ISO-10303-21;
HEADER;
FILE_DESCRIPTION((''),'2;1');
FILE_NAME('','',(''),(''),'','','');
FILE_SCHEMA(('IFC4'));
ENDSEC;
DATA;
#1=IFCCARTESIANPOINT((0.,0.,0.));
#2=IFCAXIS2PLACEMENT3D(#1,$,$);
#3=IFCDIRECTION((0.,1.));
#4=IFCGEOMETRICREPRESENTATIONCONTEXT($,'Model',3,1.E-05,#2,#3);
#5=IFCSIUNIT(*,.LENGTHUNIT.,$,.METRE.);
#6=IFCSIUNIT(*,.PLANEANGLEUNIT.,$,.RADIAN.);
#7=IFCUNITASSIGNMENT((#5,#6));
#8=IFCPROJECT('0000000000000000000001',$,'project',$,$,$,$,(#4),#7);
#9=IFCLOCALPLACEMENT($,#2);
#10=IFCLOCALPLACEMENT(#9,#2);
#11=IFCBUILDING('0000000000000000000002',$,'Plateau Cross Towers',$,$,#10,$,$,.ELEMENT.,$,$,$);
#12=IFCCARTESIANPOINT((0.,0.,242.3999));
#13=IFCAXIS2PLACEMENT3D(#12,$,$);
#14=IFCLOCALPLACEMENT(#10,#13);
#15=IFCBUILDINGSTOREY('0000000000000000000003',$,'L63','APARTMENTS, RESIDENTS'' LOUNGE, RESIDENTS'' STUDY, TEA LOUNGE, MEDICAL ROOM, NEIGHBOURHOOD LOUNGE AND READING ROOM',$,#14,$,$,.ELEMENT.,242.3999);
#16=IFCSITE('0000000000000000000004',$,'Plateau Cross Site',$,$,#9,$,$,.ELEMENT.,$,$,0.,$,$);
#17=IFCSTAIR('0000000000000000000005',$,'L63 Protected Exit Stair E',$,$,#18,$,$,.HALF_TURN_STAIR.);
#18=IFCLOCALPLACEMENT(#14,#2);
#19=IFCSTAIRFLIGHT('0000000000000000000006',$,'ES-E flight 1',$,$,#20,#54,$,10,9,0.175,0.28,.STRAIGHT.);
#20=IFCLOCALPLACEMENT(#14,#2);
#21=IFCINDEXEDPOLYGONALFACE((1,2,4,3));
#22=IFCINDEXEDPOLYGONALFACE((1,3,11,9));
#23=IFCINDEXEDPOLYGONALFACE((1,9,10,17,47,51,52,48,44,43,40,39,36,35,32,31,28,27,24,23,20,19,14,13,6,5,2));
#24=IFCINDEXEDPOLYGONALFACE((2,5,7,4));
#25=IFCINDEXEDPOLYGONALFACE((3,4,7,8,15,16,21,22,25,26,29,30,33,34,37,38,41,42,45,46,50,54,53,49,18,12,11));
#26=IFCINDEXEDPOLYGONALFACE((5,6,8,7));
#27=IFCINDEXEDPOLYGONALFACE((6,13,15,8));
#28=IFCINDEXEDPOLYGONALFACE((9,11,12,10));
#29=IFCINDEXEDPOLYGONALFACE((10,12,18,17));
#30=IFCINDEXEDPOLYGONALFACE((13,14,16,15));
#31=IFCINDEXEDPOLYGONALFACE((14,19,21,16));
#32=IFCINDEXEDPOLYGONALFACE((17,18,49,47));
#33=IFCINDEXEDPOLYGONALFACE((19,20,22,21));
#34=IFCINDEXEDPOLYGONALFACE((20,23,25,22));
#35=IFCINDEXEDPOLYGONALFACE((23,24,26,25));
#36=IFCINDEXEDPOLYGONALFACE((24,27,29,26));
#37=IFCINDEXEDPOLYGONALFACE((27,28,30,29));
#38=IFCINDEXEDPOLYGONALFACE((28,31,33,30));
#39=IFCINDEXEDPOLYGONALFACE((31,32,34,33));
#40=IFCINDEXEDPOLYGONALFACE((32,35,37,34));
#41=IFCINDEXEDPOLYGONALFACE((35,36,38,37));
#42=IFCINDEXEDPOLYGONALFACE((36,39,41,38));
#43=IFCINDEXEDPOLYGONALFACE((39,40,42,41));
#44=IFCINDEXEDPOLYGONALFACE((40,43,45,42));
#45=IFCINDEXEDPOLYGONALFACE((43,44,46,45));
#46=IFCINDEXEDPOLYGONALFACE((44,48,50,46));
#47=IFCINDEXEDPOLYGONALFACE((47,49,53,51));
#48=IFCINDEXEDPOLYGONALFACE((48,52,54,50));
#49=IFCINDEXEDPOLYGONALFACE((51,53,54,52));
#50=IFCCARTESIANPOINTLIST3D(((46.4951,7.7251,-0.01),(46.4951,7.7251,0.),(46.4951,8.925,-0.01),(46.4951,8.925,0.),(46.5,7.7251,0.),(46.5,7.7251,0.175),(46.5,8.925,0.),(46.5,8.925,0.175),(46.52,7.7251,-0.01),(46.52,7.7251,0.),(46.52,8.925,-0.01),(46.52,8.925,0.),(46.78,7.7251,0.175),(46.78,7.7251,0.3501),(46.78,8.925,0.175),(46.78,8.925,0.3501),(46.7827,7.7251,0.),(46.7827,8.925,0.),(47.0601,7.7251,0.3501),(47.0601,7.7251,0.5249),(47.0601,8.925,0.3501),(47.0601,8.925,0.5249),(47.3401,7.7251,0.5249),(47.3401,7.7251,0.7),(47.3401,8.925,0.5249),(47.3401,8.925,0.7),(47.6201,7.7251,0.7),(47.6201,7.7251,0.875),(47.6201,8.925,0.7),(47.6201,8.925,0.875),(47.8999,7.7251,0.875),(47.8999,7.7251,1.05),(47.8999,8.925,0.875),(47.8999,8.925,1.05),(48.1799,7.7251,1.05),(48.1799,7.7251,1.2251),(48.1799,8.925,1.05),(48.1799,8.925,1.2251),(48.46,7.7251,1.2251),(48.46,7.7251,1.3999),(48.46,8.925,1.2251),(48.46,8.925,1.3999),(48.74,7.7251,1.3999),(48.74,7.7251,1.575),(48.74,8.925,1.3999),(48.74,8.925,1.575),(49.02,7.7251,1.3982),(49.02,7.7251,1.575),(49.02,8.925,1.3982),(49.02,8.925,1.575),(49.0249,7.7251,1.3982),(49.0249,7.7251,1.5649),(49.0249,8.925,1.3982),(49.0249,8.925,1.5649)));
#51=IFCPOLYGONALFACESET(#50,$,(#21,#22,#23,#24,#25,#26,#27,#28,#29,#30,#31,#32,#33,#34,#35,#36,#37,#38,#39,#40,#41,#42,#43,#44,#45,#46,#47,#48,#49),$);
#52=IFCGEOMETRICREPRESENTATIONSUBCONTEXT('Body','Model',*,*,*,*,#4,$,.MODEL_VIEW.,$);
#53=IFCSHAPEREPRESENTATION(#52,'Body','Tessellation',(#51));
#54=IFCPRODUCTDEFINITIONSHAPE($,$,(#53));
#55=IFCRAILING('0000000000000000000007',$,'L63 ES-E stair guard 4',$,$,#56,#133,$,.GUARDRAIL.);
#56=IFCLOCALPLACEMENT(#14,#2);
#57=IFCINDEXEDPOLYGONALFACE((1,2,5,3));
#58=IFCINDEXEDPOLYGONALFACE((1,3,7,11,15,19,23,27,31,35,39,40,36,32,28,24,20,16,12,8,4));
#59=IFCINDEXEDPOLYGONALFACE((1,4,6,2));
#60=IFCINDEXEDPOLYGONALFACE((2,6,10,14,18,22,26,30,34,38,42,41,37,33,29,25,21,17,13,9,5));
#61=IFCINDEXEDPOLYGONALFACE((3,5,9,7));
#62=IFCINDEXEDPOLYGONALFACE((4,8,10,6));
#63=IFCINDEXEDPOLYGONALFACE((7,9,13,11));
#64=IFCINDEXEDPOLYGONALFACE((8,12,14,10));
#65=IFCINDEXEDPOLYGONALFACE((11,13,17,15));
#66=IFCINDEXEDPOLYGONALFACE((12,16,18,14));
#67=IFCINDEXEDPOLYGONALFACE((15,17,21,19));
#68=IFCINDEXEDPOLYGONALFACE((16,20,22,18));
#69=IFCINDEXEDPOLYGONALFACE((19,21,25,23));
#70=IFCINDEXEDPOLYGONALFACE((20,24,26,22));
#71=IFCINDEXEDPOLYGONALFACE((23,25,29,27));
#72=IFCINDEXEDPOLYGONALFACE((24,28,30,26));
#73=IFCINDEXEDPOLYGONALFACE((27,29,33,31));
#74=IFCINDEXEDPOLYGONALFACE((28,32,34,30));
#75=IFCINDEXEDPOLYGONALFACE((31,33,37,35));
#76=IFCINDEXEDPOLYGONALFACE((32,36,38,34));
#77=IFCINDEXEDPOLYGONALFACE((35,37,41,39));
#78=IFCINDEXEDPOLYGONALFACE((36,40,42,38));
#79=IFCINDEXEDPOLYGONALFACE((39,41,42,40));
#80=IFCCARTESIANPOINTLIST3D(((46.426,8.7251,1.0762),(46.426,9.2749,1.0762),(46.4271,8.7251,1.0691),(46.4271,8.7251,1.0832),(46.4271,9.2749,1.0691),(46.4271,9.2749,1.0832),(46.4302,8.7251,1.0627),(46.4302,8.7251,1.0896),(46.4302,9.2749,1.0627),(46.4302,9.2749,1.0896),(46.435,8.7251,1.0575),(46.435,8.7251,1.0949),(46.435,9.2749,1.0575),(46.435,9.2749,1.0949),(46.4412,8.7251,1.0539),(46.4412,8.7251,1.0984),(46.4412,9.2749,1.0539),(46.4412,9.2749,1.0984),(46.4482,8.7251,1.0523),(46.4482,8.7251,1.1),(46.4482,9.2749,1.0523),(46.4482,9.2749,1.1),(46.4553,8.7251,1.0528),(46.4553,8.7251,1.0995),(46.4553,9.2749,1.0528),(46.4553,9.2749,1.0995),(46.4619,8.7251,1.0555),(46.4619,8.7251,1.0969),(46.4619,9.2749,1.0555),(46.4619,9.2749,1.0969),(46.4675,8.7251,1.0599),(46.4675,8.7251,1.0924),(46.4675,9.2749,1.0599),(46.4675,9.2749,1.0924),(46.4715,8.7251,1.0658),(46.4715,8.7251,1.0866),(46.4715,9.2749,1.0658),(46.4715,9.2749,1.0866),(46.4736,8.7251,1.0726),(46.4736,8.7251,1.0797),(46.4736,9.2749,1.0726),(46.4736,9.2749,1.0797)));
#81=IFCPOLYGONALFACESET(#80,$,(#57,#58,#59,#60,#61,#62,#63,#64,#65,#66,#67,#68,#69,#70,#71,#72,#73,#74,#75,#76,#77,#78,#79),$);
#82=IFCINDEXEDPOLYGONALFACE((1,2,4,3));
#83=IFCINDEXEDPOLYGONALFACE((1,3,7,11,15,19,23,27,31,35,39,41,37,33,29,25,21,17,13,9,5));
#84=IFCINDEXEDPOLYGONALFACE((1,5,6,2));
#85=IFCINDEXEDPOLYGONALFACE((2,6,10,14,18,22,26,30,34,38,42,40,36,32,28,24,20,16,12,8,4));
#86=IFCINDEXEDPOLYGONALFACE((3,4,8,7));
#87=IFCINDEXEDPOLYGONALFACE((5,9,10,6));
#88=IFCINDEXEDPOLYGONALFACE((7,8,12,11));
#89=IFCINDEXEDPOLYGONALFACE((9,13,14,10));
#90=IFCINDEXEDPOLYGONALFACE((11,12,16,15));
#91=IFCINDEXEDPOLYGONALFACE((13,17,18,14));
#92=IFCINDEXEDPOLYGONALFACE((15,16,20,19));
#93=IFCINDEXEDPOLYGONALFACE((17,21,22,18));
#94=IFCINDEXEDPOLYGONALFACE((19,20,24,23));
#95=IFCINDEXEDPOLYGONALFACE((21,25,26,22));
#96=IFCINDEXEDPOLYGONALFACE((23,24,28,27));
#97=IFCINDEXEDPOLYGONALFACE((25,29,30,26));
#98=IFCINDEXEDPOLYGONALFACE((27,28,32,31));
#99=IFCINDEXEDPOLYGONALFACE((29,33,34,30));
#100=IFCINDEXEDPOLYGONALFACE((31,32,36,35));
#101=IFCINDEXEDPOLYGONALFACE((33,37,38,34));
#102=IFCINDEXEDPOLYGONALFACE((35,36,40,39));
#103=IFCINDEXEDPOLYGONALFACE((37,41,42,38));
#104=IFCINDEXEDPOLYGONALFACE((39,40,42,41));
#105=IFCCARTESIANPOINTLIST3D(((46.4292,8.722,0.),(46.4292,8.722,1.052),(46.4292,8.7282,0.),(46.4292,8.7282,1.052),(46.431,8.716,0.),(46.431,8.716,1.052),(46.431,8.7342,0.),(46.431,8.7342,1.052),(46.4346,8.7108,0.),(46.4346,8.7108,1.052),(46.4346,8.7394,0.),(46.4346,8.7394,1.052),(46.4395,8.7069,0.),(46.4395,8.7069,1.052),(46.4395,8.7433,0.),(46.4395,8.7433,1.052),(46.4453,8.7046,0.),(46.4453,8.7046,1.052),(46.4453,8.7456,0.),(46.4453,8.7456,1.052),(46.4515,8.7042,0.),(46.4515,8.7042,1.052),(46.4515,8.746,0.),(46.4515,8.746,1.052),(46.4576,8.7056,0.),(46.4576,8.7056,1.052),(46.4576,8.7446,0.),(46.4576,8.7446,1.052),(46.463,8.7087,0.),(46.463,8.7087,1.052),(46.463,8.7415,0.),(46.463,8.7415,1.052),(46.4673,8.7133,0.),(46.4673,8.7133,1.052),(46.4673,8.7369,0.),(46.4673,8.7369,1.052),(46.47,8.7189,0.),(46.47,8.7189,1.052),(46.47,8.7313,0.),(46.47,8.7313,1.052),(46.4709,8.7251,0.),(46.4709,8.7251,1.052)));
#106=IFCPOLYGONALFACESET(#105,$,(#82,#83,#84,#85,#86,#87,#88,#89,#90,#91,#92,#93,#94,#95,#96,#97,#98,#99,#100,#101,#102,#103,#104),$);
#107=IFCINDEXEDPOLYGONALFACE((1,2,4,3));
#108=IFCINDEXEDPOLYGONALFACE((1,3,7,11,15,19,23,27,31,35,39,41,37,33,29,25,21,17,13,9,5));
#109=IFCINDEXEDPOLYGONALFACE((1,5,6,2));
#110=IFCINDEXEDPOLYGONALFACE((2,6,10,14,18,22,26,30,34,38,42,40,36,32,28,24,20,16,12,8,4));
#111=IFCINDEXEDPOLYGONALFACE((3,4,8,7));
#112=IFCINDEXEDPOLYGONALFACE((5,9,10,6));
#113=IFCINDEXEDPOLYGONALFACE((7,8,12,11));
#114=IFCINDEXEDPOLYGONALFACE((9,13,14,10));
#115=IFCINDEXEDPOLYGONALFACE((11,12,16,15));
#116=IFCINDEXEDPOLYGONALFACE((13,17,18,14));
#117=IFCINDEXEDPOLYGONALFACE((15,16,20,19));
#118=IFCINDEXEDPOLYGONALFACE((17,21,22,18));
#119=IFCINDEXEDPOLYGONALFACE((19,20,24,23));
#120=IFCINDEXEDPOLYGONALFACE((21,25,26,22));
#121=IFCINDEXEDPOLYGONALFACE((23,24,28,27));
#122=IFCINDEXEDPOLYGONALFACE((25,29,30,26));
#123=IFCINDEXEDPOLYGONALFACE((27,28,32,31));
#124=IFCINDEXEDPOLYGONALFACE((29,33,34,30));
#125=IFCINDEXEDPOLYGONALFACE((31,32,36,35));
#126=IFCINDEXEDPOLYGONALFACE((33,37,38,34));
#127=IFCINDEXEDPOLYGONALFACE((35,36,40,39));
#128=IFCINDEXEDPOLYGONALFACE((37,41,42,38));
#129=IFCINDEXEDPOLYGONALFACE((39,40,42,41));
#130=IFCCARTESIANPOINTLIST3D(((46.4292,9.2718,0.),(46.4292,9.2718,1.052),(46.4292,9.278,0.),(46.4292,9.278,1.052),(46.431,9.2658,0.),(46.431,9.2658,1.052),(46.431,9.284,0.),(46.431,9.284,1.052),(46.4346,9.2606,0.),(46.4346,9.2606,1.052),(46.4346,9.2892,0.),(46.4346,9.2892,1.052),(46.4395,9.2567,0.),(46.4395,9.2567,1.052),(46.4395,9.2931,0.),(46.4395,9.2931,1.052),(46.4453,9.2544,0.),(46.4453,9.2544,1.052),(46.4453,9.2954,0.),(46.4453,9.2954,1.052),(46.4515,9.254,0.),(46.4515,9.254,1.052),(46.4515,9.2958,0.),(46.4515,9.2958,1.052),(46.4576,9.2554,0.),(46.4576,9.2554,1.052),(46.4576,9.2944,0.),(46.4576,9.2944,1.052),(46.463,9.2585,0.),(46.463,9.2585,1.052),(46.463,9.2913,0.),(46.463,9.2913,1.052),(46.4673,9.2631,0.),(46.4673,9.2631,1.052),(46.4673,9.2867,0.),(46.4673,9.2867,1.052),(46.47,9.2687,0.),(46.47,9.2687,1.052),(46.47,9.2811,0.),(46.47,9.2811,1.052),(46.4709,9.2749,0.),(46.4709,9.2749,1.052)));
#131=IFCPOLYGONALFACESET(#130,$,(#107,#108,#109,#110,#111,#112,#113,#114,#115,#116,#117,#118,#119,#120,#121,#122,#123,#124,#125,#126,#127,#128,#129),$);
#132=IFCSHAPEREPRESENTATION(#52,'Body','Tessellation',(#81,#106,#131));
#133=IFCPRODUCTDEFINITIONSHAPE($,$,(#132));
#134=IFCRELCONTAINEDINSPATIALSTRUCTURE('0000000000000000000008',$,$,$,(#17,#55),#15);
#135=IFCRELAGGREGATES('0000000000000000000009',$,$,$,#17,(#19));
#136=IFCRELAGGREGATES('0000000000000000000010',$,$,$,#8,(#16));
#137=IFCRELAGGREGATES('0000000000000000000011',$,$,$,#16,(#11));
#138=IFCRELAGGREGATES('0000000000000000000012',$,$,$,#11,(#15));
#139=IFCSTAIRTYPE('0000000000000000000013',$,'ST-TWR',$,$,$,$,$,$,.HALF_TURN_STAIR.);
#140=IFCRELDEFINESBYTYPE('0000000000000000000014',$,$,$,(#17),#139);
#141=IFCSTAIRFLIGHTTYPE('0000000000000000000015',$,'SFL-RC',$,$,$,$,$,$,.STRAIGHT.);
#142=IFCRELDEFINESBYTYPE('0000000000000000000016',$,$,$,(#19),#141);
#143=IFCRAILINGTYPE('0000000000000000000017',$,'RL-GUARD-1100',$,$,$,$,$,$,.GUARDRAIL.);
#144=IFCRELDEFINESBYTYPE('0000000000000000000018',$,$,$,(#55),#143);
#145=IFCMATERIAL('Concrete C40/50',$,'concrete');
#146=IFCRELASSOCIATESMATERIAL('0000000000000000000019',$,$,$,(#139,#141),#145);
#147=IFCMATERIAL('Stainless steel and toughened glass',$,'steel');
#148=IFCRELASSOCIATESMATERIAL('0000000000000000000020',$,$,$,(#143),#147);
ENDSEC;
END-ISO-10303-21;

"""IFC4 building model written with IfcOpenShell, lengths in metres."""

from ifc_helpers import new_model, si_unit, direction, frame, origin, origin_2d, place, context, subcontext, project, spatial, polyline, circle, outline, extrude, material, type_object, element, aggregate, save


model = new_model("IFC4")

# Units and contexts
model_context = context("Model", 3, precision=1e-05, world=origin(), true_north=direction((0.0, 1.0)))
body_context = subcontext(model_context, "Body", "Model", "MODEL_VIEW")
ifc_project = project(units=[si_unit("LENGTHUNIT", "METRE"), si_unit("PLANEANGLEUNIT", "RADIAN")], contexts=[model_context])

# Site, building, storey
site_placement = place(None, origin())
site = spatial("IfcSite", under=ifc_project, at=site_placement, Name="Plateau Cross Site", CompositionType="ELEMENT", RefElevation=0.0)
building_placement = place(site_placement, origin())
building = spatial("IfcBuilding", under=site, at=building_placement, Name="Plateau Cross Towers", CompositionType="ELEMENT")
storey_placement = place(building_placement, frame((0.0, 0.0, 242.3999)))
storey = spatial("IfcBuildingStorey", under=building, at=storey_placement, Name="L63", Description="APARTMENTS, RESIDENTS' LOUNGE, RESIDENTS' STUDY, TEA LOUNGE, MEDICAL ROOM, NEIGHBOURHOOD LOUNGE AND READING ROOM", CompositionType="ELEMENT", Elevation=242.3999)

# Stair, stair flight
ifc_material_1 = material(Name="Concrete C40/50", Category="concrete")
stair_type = type_object("IfcStairType", Name="ST-TWR", PredefinedType="HALF_TURN_STAIR", material=ifc_material_1)
stair_placement = place(storey_placement, origin())
stair = element("IfcStair", 1, at=stair_placement, inside=storey, type_object=stair_type, Name="L63 Protected Exit Stair E", PredefinedType="HALF_TURN_STAIR")
stair_flight_type = type_object("IfcStairFlightType", Name="SFL-RC", PredefinedType="STRAIGHT", material=ifc_material_1)
stair_flight_placement = place(storey_placement, frame((46.5, 8.325, 0.0), z_axis=(0.0, 0.0, 1.0), x_axis=(1.0, 0.0, 0.0)))
stair_flight = element("IfcStairFlight", 2, at=stair_flight_placement, type_object=stair_flight_type, Name="ES-E flight 1", NumberOfRisers=10, NumberOfTreads=9, PredefinedType="STRAIGHT", RiserHeight=0.175, TreadLength=0.28, context=body_context, shape_type="SweptSolid", body=[
    extrude(outline(polyline([(-0.0049, -0.01), (-0.0049, 0.0), (0.0, 0.0), (0.0, 0.175), (0.28, 0.175), (0.28, 0.3501), (0.5601, 0.3501), (0.5601, 0.5249), (0.8401, 0.5249), (0.8401, 0.7), (1.1201, 0.7), (1.1201, 0.875), (1.3999, 0.875), (1.3999, 1.05), (1.6799, 1.05), (1.6799, 1.2251), (1.96, 1.2251), (1.96, 1.3999), (2.24, 1.3999), (2.24, 1.575), (2.52, 1.575), (2.5249, 1.5649), (2.5249, 1.3982), (2.52, 1.3982), (0.2827, 0.0), (0.02, 0.0), (0.02, -0.01), (-0.0049, -0.01)])), frame((0.0, 0.6001, 0.0), z_axis=(0.0, -1.0, 0.0), x_axis=(1.0, 0.0, 0.0)), (0.0, 0.0, 1.0), 1.2),
])
aggregate(stair, [stair_flight])

# Railing
ifc_material_2 = material(Name="Stainless steel and toughened glass", Category="steel")
railing_type_1 = type_object("IfcRailingType", Name="RL-GUARD-1100", PredefinedType="GUARDRAIL", material=ifc_material_2)
railing_1_placement = place(storey_placement, frame((46.45, 8.7251, 0.0)))
element("IfcRailing", 3, at=railing_1_placement, inside=storey, type_object=railing_type_1, Name="L63 ES-E stair guard 4", PredefinedType="GUARDRAIL", context=body_context, shape_type="SweptSolid", body=[
    extrude(circle(Radius=0.0239, at=origin_2d()), frame((0.0, 0.0, 1.0762), z_axis=(0.0, 1.0, 0.0), x_axis=(-1.0, 0.0, 0.0)), (0.0, 0.0, 1.0), 0.5498),
    extrude(circle(Radius=0.021, at=origin_2d()), origin(), (0.0, 0.0, 1.0), 1.052),
    extrude(circle(Radius=0.021, at=origin_2d()), frame((0.0, 0.5498, 0.0)), (0.0, 0.0, 1.0), 1.052),
])

save(model, "model.ifc")
